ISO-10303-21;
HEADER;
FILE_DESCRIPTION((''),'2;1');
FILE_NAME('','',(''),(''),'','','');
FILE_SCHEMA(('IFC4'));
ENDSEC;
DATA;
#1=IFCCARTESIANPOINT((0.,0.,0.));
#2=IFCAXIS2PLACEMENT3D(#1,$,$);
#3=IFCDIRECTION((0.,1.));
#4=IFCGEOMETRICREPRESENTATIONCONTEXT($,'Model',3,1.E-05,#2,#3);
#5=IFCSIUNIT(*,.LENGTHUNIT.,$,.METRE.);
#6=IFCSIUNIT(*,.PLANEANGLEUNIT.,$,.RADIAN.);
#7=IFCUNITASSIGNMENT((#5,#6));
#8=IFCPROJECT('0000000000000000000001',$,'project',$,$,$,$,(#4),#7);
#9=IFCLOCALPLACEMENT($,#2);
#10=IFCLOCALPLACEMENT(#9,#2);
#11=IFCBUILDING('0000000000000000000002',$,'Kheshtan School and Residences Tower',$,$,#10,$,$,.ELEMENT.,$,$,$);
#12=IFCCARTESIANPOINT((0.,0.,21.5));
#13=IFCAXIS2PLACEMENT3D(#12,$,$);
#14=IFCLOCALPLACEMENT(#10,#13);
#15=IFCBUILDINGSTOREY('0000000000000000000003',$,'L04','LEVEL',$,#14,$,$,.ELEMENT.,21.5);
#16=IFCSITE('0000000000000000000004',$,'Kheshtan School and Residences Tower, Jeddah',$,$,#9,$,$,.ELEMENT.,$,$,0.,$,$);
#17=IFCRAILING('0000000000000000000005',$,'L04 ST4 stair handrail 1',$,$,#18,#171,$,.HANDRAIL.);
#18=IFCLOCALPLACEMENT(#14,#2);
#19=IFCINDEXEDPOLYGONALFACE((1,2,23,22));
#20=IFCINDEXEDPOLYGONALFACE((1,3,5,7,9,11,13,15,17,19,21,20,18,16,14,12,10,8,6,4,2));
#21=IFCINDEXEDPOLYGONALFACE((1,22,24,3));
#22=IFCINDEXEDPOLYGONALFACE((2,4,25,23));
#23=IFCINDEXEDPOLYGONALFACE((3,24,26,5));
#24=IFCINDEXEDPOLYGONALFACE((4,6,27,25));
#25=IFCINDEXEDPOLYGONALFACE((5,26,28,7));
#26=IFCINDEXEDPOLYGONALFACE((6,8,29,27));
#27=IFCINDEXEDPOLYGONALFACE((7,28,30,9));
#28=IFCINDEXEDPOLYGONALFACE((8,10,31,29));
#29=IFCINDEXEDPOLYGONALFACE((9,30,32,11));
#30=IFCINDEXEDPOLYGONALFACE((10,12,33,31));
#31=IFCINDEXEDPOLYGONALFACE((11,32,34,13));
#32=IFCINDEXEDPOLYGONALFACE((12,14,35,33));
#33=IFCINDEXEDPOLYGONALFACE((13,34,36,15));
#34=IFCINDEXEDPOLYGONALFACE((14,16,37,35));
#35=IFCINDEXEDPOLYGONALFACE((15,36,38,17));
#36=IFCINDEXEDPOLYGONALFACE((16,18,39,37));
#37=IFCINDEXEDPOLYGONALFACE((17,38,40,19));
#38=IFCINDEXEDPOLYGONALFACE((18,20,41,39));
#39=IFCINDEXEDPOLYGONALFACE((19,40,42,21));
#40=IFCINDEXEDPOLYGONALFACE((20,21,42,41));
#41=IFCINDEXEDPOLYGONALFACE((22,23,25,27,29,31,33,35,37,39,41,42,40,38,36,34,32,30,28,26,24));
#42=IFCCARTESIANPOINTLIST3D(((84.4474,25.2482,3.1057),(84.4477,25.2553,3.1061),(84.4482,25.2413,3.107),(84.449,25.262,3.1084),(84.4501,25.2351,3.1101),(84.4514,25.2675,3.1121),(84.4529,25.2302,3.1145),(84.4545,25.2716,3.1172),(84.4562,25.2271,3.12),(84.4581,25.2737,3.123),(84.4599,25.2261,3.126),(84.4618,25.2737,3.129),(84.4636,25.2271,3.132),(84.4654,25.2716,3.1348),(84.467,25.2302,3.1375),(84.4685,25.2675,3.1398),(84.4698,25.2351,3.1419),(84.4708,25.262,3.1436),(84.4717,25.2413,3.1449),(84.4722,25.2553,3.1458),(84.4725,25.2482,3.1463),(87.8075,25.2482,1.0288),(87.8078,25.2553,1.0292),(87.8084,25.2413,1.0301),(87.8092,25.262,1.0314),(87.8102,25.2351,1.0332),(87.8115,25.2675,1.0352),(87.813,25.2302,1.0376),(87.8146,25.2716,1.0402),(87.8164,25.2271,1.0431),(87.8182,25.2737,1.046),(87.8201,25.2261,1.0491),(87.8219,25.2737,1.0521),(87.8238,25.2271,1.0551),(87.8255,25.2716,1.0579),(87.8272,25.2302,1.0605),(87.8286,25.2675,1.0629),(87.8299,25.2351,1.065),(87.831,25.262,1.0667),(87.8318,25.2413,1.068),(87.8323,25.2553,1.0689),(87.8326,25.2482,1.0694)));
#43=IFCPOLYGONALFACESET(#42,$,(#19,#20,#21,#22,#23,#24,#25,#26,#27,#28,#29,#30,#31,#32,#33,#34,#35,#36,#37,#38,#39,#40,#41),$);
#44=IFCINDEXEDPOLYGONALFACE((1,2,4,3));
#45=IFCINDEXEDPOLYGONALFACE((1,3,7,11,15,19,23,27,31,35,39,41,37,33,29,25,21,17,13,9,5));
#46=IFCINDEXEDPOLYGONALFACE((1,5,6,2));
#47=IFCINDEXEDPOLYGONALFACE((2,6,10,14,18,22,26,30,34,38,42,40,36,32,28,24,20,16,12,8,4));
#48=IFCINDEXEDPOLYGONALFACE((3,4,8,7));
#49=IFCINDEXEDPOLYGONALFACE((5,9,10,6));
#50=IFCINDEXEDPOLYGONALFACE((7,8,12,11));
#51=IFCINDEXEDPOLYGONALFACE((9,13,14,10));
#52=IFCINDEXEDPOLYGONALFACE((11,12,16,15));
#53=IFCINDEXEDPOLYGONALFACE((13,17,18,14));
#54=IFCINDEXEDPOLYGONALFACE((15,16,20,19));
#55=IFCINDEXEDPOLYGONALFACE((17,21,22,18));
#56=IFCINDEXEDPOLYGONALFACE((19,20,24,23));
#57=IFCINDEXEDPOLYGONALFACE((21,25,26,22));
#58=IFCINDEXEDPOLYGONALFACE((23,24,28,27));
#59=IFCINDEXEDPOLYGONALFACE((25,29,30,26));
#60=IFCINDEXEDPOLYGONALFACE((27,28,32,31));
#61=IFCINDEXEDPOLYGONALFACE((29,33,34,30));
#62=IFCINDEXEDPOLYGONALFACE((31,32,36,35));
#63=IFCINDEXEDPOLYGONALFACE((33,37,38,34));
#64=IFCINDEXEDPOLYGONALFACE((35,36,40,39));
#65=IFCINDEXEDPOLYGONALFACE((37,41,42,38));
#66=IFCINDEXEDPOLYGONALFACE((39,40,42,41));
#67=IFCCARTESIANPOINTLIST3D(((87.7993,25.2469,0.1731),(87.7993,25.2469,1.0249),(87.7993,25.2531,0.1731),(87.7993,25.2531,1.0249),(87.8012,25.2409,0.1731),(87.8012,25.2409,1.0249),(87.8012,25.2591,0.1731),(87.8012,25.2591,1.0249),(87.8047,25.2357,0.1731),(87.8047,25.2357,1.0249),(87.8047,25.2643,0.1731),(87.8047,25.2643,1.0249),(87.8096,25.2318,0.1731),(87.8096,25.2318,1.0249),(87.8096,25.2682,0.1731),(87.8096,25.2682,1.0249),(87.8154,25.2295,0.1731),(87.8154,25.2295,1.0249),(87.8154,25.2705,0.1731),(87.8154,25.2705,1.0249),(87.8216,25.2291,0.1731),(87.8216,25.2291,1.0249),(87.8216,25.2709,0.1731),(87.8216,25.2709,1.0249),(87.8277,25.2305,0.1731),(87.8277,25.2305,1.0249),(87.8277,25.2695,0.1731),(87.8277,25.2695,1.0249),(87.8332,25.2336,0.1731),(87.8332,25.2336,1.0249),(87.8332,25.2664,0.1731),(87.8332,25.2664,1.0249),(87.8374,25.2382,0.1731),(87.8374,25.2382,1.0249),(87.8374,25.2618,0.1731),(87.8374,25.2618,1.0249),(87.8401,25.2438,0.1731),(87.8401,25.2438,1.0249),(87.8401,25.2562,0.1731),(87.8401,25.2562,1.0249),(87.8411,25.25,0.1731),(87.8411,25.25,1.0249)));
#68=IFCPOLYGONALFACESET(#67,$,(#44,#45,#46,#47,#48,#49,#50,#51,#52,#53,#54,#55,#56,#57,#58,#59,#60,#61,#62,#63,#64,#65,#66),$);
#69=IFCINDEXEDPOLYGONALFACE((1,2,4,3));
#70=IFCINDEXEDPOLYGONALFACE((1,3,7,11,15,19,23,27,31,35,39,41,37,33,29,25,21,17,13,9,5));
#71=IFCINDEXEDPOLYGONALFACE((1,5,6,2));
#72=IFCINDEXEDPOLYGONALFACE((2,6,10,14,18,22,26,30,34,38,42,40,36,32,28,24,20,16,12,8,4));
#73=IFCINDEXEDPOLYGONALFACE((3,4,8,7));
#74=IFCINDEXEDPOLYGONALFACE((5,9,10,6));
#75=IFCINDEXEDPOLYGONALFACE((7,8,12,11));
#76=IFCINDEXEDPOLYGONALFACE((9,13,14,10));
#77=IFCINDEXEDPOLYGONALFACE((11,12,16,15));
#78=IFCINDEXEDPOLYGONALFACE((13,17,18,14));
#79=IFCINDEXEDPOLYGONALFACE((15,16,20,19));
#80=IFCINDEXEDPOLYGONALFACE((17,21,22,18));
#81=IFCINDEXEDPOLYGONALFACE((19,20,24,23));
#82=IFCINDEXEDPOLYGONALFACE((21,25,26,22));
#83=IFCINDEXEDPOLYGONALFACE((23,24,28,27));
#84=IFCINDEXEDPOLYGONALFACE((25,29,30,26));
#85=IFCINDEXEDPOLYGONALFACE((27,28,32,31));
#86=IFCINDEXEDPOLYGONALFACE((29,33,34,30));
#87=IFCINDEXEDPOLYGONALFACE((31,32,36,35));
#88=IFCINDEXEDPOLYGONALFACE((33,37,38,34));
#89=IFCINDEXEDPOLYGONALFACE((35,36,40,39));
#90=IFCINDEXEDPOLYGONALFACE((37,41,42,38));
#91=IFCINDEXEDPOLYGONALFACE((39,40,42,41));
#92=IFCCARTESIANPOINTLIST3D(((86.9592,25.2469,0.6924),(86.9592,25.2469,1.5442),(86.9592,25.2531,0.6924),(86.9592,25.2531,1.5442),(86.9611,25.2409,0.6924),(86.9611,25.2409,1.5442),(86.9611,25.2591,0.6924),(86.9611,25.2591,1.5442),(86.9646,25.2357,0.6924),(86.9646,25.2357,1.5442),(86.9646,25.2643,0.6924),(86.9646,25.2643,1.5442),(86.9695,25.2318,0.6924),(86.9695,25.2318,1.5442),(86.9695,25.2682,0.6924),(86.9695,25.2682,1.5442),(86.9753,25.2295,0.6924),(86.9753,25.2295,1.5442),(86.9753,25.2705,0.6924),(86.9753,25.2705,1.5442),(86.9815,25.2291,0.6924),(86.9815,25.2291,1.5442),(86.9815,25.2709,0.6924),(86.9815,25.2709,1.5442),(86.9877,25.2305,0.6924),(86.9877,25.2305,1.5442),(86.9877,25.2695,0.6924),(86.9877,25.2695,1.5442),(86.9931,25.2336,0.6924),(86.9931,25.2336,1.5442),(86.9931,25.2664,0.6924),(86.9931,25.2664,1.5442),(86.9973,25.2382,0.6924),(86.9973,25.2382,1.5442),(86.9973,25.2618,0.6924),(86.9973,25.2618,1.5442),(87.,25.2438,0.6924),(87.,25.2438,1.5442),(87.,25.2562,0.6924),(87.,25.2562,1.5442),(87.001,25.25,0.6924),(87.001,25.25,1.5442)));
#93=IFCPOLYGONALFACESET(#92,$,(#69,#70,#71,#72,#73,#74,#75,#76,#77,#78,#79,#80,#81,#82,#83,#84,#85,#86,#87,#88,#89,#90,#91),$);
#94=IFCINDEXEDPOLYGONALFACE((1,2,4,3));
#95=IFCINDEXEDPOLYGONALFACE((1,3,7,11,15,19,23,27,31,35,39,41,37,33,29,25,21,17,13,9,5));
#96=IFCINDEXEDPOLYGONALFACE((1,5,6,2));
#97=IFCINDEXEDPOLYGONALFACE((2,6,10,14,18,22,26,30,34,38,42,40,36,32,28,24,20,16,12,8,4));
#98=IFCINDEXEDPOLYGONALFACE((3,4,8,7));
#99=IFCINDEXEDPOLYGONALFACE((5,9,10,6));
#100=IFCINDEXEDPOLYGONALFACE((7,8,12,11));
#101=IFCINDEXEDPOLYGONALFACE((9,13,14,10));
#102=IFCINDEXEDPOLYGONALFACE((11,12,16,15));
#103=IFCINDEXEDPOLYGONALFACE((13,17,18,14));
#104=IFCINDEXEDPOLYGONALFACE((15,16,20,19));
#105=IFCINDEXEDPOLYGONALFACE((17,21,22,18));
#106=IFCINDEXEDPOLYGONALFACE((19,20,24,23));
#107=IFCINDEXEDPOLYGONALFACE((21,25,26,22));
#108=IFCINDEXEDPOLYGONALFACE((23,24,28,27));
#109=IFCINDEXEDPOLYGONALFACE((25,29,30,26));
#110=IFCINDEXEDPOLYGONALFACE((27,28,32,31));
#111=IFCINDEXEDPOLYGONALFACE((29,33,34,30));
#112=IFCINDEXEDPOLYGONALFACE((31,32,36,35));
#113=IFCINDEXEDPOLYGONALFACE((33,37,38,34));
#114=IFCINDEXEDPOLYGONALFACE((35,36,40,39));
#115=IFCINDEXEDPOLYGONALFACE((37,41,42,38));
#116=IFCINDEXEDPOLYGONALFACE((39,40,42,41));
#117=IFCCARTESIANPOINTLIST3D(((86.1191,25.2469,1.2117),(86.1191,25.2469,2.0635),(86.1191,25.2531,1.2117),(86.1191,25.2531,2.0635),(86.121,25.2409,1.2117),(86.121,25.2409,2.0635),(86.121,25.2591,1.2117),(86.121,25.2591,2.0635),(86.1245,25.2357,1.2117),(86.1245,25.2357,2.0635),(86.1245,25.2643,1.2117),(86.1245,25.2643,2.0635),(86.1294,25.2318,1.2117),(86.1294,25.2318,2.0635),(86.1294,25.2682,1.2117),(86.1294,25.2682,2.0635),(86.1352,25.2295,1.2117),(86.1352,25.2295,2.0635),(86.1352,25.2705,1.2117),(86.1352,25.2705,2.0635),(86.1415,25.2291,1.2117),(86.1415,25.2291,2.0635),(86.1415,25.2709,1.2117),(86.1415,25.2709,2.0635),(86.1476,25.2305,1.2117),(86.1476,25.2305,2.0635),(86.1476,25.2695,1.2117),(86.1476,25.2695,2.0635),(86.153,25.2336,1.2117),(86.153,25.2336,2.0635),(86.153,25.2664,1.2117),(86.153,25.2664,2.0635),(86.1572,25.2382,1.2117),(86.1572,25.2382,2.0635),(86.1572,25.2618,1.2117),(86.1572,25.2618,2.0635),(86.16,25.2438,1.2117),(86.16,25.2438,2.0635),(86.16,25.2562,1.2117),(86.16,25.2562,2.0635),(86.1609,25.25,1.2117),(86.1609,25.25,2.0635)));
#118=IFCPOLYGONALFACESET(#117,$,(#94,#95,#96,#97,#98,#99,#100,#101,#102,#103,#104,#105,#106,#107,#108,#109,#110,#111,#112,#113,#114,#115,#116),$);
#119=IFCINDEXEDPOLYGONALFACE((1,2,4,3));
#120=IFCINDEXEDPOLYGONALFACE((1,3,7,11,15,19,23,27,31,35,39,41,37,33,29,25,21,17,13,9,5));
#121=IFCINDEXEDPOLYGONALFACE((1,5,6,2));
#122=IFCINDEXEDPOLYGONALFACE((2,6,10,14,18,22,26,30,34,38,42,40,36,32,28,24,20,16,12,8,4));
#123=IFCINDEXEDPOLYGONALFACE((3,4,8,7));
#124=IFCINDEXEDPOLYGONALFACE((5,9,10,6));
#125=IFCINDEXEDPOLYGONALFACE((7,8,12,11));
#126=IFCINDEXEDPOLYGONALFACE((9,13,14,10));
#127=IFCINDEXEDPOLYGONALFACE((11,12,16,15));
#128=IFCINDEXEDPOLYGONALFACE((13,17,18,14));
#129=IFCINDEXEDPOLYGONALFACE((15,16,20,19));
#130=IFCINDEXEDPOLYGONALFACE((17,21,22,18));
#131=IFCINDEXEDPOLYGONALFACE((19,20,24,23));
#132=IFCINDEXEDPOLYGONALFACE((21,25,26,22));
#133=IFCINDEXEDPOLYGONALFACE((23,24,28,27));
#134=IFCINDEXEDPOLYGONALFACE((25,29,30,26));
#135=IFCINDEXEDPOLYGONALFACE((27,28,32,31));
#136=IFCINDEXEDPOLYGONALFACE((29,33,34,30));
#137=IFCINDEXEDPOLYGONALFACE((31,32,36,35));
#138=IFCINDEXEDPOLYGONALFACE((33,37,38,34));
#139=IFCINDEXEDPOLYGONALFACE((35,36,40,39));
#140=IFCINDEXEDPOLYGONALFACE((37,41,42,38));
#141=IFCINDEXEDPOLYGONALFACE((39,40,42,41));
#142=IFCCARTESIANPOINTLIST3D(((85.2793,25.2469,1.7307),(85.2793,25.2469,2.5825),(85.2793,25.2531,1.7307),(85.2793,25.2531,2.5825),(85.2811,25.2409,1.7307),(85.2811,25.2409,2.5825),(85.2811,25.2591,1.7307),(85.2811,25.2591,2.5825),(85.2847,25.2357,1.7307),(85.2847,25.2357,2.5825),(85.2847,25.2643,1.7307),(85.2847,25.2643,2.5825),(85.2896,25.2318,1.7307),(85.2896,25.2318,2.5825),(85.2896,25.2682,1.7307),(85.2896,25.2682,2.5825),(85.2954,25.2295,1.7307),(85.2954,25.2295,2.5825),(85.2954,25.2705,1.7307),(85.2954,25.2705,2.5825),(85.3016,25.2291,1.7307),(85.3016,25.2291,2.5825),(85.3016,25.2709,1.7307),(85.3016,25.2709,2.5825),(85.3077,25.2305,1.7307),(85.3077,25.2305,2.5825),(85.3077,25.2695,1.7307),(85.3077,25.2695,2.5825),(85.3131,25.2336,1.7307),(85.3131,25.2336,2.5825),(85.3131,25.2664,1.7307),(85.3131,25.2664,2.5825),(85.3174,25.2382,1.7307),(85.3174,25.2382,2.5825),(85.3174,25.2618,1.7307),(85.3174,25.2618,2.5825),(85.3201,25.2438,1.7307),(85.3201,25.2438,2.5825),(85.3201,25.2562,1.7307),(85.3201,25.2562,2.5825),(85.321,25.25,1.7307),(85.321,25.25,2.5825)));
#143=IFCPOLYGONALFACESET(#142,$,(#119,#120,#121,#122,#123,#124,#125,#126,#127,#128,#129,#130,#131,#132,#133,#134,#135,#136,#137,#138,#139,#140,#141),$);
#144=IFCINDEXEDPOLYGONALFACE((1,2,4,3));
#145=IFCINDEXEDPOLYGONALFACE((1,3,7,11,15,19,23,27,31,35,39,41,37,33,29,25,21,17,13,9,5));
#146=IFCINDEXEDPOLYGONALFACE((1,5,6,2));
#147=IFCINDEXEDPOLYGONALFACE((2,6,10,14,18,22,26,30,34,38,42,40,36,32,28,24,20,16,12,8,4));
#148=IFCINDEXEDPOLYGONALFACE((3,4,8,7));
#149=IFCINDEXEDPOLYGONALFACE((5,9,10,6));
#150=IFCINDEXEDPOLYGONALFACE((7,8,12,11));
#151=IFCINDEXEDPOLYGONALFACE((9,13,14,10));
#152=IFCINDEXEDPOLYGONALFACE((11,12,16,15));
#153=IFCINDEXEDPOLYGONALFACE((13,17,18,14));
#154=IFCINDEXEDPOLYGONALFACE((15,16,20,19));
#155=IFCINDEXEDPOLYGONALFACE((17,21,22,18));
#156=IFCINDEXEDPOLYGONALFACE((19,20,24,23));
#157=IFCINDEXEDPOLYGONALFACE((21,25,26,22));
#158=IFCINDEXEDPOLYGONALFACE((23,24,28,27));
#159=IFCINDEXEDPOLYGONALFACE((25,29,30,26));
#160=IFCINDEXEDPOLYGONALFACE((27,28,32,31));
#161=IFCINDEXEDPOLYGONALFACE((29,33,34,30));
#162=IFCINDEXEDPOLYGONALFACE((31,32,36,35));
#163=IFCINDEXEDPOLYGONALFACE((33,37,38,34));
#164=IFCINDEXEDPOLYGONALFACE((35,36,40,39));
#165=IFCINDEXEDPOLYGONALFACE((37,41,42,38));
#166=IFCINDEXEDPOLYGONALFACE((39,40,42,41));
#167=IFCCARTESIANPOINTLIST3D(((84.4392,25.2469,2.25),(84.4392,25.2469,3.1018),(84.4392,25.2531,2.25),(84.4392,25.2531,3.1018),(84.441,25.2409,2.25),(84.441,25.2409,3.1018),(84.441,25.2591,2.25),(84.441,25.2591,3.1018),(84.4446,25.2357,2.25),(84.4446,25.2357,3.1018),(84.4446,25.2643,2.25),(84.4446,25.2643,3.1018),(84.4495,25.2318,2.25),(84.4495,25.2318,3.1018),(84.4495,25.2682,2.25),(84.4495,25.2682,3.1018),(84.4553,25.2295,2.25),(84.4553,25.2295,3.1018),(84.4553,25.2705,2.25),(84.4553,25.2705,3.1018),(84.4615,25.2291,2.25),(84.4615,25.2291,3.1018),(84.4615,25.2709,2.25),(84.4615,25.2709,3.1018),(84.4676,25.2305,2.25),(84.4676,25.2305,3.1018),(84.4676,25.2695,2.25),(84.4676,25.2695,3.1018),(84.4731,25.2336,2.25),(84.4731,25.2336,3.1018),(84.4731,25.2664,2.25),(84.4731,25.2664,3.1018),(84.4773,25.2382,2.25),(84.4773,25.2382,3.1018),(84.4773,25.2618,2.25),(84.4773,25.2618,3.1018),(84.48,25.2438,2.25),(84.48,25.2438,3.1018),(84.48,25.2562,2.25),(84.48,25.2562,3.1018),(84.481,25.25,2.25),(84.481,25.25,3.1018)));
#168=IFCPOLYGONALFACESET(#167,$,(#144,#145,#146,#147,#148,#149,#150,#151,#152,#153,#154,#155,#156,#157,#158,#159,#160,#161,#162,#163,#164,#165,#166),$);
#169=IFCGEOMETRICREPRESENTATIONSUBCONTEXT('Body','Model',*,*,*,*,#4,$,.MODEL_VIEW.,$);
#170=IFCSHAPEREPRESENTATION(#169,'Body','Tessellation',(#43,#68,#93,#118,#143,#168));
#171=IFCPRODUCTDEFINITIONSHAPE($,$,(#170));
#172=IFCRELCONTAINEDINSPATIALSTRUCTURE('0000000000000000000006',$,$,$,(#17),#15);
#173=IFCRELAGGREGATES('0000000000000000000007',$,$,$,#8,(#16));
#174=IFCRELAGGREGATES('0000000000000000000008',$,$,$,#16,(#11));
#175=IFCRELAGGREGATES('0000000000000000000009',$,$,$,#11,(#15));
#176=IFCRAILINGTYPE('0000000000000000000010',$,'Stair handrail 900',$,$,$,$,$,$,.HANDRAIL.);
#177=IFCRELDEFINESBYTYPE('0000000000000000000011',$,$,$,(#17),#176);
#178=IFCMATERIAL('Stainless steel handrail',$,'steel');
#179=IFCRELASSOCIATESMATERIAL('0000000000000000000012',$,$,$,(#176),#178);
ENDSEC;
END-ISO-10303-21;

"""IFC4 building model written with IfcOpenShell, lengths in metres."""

from ifc_helpers import new_model, si_unit, direction, frame, origin, origin_2d, place, context, subcontext, project, spatial, circle, extrude, material, type_object, element, save


model = new_model("IFC4")

# Units and contexts
model_context = context("Model", 3, precision=1e-05, world=origin(), true_north=direction((0.0, 1.0)))
body_context = subcontext(model_context, "Body", "Model", "MODEL_VIEW")
ifc_project = project(units=[si_unit("LENGTHUNIT", "METRE"), si_unit("PLANEANGLEUNIT", "RADIAN")], contexts=[model_context])

# Site, building, storey
site_placement = place(None, origin())
site = spatial("IfcSite", under=ifc_project, at=site_placement, Name="Kheshtan School and Residences Tower, Jeddah", CompositionType="ELEMENT", RefElevation=0.0)
building_placement = place(site_placement, origin())
building = spatial("IfcBuilding", under=site, at=building_placement, Name="Kheshtan School and Residences Tower", CompositionType="ELEMENT")
storey_placement = place(building_placement, frame((0.0, 0.0, 21.5)))
storey = spatial("IfcBuildingStorey", under=building, at=storey_placement, Name="L04", Description="LEVEL", CompositionType="ELEMENT", Elevation=21.5)

# Railing
ifc_material_1 = material(Name="Stainless steel handrail", Category="steel")
railing_type_1 = type_object("IfcRailingType", Name="Stair handrail 900", PredefinedType="HANDRAIL", material=ifc_material_1)
railing_1_placement = place(storey_placement, frame((87.8201, 25.25, 0.1731)))
element("IfcRailing", 1, at=railing_1_placement, inside=storey, type_object=railing_type_1, Name="L04 ST4 stair handrail 1", PredefinedType="HANDRAIL", context=body_context, shape_type="SweptSolid", body=[
    extrude(circle(Radius=0.0239, at=origin_2d()), frame((0.0, 0.0, 0.876), z_axis=(-0.850623, 0.0, 0.525776), x_axis=(0.0, -1.0, 0.0)), (0.0, 0.0, 1.0), 3.9502),
    extrude(circle(Radius=0.021, at=origin_2d()), origin(), (0.0, 0.0, 1.0), 0.8518),
    extrude(circle(Radius=0.021, at=origin_2d()), frame((-0.8401, 0.0, 0.5193)), (0.0, 0.0, 1.0), 0.8518),
    extrude(circle(Radius=0.021, at=origin_2d()), frame((-1.6802, 0.0, 1.0386)), (0.0, 0.0, 1.0), 0.8518),
    extrude(circle(Radius=0.021, at=origin_2d()), frame((-2.52, 0.0, 1.5576)), (0.0, 0.0, 1.0), 0.8518),
    extrude(circle(Radius=0.021, at=origin_2d()), frame((-3.3601, 0.0, 2.0769)), (0.0, 0.0, 1.0), 0.8518),
])

save(model, "model.ifc")
